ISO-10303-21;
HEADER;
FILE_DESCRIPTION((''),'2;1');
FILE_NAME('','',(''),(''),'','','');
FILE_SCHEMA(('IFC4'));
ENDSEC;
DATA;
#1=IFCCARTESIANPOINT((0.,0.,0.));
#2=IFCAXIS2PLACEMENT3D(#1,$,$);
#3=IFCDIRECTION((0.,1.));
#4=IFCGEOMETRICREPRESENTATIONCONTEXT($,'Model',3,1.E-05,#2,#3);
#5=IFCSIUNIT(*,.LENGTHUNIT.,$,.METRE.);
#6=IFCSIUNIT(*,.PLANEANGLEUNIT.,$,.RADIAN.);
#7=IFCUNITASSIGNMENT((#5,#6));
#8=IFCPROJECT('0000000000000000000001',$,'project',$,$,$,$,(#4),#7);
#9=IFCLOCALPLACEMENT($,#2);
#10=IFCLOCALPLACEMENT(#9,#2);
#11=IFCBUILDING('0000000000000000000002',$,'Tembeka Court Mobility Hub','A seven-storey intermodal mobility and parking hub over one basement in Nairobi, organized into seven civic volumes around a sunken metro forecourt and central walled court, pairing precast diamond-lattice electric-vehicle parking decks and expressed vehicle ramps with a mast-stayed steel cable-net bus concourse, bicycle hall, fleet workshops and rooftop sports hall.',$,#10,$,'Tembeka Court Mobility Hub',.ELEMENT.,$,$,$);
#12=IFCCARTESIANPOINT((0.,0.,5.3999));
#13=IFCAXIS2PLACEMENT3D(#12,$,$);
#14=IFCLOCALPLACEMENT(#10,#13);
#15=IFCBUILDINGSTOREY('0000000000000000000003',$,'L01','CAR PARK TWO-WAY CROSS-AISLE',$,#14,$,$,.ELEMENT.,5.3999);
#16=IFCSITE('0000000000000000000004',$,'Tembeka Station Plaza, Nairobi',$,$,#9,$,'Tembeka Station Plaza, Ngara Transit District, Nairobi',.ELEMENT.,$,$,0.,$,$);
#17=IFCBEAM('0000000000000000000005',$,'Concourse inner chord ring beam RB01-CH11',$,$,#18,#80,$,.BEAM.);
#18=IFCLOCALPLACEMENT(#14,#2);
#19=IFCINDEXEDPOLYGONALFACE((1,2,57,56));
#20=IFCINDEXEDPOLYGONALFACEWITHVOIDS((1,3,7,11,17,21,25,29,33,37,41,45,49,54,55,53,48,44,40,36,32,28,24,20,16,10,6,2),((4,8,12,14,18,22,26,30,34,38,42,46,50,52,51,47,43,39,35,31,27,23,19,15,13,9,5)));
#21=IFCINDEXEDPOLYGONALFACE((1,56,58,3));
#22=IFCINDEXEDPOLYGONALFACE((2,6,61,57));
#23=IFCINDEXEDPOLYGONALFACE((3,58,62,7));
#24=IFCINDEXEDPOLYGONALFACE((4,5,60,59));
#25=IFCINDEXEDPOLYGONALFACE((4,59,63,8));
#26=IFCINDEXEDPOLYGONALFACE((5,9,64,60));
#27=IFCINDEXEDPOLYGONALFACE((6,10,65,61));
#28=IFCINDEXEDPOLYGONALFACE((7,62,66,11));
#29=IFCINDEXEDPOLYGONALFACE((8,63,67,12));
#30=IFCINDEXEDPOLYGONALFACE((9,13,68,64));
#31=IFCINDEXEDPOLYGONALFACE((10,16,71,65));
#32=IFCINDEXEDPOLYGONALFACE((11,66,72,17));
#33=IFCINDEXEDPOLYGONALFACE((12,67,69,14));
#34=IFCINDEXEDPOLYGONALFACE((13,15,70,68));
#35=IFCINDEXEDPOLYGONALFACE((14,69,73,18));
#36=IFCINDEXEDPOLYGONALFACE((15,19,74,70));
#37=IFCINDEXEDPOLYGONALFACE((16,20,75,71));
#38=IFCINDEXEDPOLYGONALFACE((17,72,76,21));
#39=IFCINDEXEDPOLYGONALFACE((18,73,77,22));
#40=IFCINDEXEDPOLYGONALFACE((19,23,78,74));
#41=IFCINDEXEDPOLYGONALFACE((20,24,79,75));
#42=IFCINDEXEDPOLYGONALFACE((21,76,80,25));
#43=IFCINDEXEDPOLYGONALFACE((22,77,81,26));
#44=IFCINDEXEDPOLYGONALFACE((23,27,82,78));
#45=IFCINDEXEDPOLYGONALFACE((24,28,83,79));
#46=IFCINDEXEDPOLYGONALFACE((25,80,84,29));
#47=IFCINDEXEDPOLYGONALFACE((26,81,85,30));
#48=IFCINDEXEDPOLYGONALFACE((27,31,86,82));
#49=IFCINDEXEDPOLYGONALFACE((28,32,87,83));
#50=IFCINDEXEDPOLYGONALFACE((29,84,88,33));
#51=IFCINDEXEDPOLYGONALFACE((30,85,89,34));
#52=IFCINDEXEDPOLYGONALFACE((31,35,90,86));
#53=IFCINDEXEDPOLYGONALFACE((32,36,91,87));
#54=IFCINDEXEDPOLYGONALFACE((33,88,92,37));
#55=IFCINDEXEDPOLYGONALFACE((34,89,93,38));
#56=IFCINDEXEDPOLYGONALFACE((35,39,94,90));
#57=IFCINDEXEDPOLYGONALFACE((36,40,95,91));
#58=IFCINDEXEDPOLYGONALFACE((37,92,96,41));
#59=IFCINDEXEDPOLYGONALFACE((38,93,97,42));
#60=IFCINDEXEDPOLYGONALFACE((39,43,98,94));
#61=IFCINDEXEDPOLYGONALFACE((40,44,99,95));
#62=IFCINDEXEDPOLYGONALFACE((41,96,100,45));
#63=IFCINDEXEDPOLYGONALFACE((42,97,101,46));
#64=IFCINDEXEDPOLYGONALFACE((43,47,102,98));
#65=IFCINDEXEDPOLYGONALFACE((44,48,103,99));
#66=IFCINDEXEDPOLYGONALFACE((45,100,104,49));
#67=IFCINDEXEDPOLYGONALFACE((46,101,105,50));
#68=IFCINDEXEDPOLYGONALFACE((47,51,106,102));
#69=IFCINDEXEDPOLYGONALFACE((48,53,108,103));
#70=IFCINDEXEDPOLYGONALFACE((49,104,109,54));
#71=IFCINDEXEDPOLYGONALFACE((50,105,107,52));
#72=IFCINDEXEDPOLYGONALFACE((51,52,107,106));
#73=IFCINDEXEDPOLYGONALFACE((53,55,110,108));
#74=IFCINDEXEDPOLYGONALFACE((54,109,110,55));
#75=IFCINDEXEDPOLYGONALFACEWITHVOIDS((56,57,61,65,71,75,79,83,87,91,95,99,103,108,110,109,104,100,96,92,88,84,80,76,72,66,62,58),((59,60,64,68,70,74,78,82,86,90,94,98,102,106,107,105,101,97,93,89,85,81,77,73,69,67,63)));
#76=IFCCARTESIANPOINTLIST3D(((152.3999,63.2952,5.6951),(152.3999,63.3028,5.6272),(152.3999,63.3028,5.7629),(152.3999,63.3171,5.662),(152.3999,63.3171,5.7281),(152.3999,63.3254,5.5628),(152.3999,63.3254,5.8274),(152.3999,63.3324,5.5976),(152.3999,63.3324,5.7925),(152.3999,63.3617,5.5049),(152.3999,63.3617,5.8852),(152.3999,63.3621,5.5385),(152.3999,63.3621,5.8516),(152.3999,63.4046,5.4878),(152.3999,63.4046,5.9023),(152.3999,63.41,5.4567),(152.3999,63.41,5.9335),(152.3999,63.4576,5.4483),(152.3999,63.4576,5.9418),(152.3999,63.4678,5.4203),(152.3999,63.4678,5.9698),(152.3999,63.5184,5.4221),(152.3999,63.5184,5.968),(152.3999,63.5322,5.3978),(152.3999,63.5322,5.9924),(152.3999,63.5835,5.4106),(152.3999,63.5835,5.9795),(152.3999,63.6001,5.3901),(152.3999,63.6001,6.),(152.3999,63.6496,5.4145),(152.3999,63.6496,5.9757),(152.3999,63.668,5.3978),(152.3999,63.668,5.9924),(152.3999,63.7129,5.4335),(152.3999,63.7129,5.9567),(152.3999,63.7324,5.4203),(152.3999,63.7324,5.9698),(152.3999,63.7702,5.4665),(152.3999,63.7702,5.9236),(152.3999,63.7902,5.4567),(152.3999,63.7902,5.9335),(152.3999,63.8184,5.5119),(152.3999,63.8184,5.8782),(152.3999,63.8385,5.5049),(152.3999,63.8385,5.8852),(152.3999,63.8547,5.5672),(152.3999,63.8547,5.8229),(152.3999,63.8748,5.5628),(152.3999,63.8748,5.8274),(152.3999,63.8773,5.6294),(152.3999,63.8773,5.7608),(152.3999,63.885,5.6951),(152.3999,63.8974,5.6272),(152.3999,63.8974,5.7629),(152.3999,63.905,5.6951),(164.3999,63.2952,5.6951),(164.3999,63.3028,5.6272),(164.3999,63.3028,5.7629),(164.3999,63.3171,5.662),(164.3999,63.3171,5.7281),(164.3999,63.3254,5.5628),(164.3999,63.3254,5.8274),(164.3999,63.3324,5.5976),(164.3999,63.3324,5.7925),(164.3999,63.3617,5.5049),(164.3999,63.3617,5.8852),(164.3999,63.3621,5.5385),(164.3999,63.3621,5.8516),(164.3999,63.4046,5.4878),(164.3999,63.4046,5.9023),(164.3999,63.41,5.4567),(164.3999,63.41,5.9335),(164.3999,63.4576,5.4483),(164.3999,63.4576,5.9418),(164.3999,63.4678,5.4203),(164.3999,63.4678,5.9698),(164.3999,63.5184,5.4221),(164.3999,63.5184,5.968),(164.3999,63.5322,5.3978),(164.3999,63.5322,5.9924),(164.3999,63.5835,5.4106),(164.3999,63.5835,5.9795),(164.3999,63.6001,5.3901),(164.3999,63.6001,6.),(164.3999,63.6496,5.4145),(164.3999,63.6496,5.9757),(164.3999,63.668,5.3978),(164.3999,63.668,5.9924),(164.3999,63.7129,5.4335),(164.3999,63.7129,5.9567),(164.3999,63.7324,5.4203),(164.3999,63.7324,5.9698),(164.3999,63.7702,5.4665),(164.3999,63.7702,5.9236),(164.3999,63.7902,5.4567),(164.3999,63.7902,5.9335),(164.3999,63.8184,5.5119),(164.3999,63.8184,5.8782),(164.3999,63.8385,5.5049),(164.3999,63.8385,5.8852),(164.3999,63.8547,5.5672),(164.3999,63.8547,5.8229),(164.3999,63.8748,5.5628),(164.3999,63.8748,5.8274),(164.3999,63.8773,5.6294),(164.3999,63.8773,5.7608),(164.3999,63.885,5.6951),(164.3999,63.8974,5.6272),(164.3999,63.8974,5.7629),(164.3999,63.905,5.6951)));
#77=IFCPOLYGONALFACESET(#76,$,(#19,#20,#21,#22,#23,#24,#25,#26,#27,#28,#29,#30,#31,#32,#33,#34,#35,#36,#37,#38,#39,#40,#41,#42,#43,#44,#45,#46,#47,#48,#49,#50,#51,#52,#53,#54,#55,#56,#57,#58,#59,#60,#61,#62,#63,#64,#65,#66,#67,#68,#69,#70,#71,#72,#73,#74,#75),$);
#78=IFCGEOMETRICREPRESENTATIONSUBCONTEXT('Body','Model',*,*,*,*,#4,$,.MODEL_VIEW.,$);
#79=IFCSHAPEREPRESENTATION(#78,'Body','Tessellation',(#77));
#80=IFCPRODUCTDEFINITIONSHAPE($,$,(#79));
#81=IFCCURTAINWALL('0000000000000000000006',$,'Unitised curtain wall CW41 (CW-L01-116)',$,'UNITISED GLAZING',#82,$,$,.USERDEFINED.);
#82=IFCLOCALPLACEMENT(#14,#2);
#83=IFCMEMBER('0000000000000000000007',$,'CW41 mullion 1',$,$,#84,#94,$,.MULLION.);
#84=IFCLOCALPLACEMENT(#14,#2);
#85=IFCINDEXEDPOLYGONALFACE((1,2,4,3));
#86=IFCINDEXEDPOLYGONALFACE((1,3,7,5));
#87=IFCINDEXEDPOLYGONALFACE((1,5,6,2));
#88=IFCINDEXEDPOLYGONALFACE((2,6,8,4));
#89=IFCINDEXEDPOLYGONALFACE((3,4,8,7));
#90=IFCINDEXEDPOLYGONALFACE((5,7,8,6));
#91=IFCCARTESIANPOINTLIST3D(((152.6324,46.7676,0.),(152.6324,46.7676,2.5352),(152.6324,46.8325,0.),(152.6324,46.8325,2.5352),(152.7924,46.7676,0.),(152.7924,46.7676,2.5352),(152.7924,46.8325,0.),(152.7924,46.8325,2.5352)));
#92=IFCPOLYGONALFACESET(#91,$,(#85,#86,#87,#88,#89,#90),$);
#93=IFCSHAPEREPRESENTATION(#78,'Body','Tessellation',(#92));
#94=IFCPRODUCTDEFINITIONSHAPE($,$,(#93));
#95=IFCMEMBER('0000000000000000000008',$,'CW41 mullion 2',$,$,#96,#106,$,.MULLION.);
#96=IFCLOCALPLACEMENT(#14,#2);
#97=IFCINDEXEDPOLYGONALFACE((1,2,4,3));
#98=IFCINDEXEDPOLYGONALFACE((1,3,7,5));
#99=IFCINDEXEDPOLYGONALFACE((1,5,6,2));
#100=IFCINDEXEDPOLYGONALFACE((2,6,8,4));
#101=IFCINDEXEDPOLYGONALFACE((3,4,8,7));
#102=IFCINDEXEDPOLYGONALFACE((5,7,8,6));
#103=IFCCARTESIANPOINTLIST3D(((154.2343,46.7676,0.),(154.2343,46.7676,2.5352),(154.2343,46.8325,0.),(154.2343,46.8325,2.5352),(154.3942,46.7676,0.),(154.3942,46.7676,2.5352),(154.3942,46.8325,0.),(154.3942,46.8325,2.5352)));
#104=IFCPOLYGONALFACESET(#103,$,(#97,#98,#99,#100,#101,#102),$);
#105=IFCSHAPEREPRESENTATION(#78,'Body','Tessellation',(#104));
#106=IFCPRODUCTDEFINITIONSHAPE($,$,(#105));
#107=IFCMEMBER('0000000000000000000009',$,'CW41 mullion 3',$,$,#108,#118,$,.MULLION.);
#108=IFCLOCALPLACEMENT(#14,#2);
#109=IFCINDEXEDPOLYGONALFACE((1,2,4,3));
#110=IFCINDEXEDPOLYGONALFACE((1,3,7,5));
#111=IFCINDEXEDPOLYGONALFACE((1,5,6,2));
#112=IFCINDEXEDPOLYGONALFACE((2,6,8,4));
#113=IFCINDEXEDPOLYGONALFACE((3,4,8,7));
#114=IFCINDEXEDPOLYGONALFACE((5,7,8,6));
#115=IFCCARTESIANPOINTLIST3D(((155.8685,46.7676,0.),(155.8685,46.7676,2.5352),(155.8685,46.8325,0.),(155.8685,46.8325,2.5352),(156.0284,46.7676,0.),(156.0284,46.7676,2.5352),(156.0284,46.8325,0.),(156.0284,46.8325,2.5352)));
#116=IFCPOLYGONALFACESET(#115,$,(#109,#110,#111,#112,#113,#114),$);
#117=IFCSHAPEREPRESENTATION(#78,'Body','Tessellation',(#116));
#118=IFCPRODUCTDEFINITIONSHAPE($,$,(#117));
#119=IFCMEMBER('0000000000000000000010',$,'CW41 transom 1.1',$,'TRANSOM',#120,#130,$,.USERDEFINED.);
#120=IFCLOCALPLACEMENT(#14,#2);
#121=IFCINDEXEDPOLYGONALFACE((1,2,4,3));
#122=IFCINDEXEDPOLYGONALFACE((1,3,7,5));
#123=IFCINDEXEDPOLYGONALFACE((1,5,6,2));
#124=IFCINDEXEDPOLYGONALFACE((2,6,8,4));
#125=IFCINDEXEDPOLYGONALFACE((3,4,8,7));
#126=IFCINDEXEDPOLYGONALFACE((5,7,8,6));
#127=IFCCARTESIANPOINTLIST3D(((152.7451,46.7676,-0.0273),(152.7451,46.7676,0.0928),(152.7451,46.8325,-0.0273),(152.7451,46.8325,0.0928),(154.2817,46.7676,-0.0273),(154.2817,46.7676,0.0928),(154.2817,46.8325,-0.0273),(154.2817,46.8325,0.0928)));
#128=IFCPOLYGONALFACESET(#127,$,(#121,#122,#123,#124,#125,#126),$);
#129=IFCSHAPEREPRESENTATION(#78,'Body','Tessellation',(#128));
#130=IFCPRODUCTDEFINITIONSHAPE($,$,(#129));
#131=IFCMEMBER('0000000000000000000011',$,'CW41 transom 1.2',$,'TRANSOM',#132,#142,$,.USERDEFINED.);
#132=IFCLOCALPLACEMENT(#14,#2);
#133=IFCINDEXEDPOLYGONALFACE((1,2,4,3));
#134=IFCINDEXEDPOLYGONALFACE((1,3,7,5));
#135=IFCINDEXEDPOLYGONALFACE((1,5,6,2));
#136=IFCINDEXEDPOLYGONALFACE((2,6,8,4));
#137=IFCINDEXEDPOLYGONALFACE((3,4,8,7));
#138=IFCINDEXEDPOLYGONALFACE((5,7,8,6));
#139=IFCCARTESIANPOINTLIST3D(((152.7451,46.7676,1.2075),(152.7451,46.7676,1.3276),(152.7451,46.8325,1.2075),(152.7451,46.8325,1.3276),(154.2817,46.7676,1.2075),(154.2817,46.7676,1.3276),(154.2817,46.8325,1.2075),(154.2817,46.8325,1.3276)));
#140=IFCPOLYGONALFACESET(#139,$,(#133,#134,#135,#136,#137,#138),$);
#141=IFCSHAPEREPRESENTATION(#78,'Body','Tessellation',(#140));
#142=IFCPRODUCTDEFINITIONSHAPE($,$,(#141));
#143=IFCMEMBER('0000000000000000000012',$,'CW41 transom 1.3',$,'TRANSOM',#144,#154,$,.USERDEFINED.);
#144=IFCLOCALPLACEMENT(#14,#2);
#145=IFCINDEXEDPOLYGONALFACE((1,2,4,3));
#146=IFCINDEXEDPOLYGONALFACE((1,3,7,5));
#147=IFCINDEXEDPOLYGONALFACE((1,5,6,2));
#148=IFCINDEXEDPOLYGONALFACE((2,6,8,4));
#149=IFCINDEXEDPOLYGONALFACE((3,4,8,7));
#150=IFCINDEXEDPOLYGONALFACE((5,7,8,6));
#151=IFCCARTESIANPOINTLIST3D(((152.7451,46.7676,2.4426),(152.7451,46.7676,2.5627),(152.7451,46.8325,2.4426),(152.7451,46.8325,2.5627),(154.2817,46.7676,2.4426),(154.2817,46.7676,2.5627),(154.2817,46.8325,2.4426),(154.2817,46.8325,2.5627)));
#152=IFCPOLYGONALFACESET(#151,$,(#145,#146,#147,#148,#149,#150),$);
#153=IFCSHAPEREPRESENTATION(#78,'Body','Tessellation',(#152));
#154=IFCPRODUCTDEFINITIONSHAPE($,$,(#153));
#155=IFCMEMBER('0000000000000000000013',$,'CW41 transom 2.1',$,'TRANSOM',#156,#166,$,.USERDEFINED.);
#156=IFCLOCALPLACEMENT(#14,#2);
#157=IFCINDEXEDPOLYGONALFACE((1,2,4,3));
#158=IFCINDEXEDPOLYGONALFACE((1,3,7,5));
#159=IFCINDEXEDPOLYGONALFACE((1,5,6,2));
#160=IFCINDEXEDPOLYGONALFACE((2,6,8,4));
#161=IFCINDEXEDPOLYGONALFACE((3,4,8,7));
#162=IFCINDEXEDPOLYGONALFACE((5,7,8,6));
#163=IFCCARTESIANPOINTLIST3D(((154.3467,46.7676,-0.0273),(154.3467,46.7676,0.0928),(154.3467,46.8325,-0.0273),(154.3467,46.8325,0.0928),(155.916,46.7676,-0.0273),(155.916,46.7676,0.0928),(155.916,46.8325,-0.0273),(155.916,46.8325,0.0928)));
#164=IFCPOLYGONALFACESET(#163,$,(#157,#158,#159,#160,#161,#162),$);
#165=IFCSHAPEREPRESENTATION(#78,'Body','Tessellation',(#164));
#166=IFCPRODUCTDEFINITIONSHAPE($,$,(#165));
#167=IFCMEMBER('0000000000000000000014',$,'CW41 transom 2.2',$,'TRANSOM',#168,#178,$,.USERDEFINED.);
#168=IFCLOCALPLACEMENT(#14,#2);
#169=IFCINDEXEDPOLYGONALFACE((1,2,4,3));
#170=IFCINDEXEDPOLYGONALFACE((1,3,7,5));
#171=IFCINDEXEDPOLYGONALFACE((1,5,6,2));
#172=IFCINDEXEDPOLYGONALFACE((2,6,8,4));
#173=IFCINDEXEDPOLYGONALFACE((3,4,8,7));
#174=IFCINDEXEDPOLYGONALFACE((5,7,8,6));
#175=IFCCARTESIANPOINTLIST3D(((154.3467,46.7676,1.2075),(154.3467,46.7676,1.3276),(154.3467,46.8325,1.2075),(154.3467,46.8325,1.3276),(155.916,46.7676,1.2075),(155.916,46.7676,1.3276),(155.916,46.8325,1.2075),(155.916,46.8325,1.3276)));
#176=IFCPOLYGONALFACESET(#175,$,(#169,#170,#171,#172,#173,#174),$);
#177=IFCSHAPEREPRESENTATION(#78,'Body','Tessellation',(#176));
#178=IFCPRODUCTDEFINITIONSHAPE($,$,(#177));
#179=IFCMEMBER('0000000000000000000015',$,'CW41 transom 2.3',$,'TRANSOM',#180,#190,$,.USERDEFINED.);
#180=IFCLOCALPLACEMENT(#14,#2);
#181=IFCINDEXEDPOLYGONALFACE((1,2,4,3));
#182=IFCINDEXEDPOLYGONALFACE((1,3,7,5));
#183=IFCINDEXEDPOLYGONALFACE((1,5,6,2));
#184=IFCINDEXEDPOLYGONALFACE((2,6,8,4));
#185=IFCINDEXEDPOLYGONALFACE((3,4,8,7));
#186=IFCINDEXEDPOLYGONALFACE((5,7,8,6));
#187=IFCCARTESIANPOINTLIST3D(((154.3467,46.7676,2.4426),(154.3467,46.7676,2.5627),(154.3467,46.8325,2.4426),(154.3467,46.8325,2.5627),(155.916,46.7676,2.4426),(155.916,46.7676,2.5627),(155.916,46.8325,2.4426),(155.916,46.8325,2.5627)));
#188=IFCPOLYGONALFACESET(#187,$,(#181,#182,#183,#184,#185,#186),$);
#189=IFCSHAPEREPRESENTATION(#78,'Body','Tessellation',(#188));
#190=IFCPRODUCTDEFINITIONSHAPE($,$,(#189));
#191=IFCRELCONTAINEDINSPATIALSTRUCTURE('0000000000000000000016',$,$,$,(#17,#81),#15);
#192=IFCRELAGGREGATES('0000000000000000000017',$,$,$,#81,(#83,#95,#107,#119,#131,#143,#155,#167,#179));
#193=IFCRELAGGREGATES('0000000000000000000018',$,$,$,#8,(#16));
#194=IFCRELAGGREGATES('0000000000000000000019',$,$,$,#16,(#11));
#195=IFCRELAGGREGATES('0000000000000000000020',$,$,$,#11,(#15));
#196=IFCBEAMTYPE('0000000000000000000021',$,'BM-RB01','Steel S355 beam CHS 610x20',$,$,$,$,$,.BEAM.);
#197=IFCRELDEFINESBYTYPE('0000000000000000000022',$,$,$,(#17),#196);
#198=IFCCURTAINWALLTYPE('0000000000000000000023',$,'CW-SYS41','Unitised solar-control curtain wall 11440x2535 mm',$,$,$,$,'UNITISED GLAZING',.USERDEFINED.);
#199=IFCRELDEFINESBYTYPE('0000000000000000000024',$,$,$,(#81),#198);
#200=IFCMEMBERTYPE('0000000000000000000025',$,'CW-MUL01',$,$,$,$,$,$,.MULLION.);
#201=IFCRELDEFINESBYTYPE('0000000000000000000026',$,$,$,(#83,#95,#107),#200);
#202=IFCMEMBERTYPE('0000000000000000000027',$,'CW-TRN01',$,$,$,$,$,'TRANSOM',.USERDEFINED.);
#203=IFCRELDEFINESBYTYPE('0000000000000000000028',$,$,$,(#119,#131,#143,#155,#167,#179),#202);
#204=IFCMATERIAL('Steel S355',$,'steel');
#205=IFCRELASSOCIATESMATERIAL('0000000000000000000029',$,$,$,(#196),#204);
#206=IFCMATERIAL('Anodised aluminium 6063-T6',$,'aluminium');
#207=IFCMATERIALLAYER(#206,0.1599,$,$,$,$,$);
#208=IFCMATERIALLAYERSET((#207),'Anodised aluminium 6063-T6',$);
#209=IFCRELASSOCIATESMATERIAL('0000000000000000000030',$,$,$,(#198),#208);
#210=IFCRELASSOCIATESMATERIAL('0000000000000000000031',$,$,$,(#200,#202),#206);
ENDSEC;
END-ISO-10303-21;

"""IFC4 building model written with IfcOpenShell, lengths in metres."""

from ifc_helpers import new_model, si_unit, direction, frame, origin, origin_2d, place, context, subcontext, project, spatial, rectangle, hollow_circle, extrude, material, layer, layer_set, material_profile, profile_set, type_object, element, aggregate, save


model = new_model("IFC4")

# Units and contexts
model_context = context("Model", 3, precision=1e-05, world=origin(), true_north=direction((0.0, 1.0)))
body_context = subcontext(model_context, "Body", "Model", "MODEL_VIEW")
ifc_project = project(units=[si_unit("LENGTHUNIT", "METRE"), si_unit("PLANEANGLEUNIT", "RADIAN")], contexts=[model_context])

# Site, building, storey
site_placement = place(None, origin())
site = spatial("IfcSite", under=ifc_project, at=site_placement, Name="Tembeka Station Plaza, Nairobi", LongName="Tembeka Station Plaza, Ngara Transit District, Nairobi", CompositionType="ELEMENT", RefElevation=0.0)
building_placement = place(site_placement, origin())
building = spatial("IfcBuilding", under=site, at=building_placement, Name="Tembeka Court Mobility Hub", Description="A seven-storey intermodal mobility and parking hub over one basement in Nairobi, organized into seven civic volumes around a sunken metro forecourt and central walled court, pairing precast diamond-lattice electric-vehicle parking decks and expressed vehicle ramps with a mast-stayed steel cable-net bus concourse, bicycle hall, fleet workshops and rooftop sports hall.", LongName="Tembeka Court Mobility Hub", CompositionType="ELEMENT")
storey_placement = place(building_placement, frame((0.0, 0.0, 5.3999)))
storey = spatial("IfcBuildingStorey", under=building, at=storey_placement, Name="L01", Description="CAR PARK TWO-WAY CROSS-AISLE", CompositionType="ELEMENT", Elevation=5.3999)

# Shared definitions
ifc_material_1 = material(Name="Steel S355", Category="steel")

# Beam
ifc_material_profile_1 = material_profile(ifc_material_1, hollow_circle(Radius=0.3049, WallThickness=0.02, at=origin_2d()), Name="CHS 610x20")
ifc_profile_set_1 = profile_set([ifc_material_profile_1], Name="Steel S355")
beam_type_1 = type_object("IfcBeamType", Name="BM-RB01", Description="Steel S355 beam CHS 610x20", PredefinedType="BEAM", material=ifc_profile_set_1)
beam_1_placement = place(storey_placement, frame((152.3999, 63.6001, 5.6951), z_axis=(1.0, 0.0, 0.0), x_axis=(0.0, 1.0, 0.0)))
element("IfcBeam", 1, at=beam_1_placement, inside=storey, type_object=beam_type_1, Name="Concourse inner chord ring beam RB01-CH11", PredefinedType="BEAM", context=body_context, shape_type="SweptSolid", body=[
    extrude(hollow_circle(Radius=0.3049, WallThickness=0.02, at=origin_2d()), origin(), (0.0, 0.0, 1.0), 12.0),
])

# Curtain wall, members
ifc_material_2 = material(Name="Anodised aluminium 6063-T6", Category="aluminium")
ifc_layer_1 = layer(ifc_material_2, 0.1599)
ifc_layer_set_1 = layer_set([ifc_layer_1], Name="Anodised aluminium 6063-T6")
curtain_wall_type = type_object("IfcCurtainWallType", Name="CW-SYS41", Description="Unitised solar-control curtain wall 11440x2535 mm", ElementType="UNITISED GLAZING", PredefinedType="USERDEFINED", material=ifc_layer_set_1)
curtain_wall_placement = place(storey_placement, origin())
curtain_wall = element("IfcCurtainWall", 2, at=curtain_wall_placement, inside=storey, type_object=curtain_wall_type, Name="Unitised curtain wall CW41 (CW-L01-116)", ObjectType="UNITISED GLAZING", PredefinedType="USERDEFINED")
ifc_material_profile_2 = material_profile(ifc_material_2, rectangle(XDim=0.0649, YDim=0.1599, at=origin_2d()), Name="ALU-MUL 65x160")
ifc_profile_set_2 = profile_set([ifc_material_profile_2], Name="Anodised aluminium 6063-T6")
member_type_1 = type_object("IfcMemberType", Name="CW-MUL01", PredefinedType="MULLION", material=ifc_profile_set_2)
member_1_placement = place(storey_placement, frame((152.7124, 46.8, 0.0), z_axis=(0.0, 0.0, 1.0), x_axis=(0.0, 1.0, 0.0)))
member_1 = element("IfcMember", 3, at=member_1_placement, type_object=member_type_1, Name="CW41 mullion 1", PredefinedType="MULLION", context=body_context, shape_type="SweptSolid", body=[
    extrude(rectangle(XDim=0.0649, YDim=0.1599, at=origin_2d()), origin(), (0.0, 0.0, 1.0), 2.5352),
])
member_2_placement = place(storey_placement, frame((154.3142, 46.8, 0.0), z_axis=(0.0, 0.0, 1.0), x_axis=(0.0, 1.0, 0.0)))
member_2 = element("IfcMember", 4, at=member_2_placement, type_object=member_type_1, Name="CW41 mullion 2", PredefinedType="MULLION", context=body_context, shape_type="SweptSolid", body=[
    extrude(rectangle(XDim=0.0649, YDim=0.1599, at=origin_2d()), origin(), (0.0, 0.0, 1.0), 2.5352),
])
member_3_placement = place(storey_placement, frame((155.9485, 46.8, 0.0), z_axis=(0.0, 0.0, 1.0), x_axis=(0.0, 1.0, 0.0)))
member_3 = element("IfcMember", 5, at=member_3_placement, type_object=member_type_1, Name="CW41 mullion 3", PredefinedType="MULLION", context=body_context, shape_type="SweptSolid", body=[
    extrude(rectangle(XDim=0.0649, YDim=0.1599, at=origin_2d()), origin(), (0.0, 0.0, 1.0), 2.5352),
])
ifc_material_profile_3 = material_profile(ifc_material_2, rectangle(XDim=0.0649, YDim=0.1201, at=origin_2d()), Name="ALU-TRN 65x120")
ifc_profile_set_3 = profile_set([ifc_material_profile_3], Name="Anodised aluminium 6063-T6")
member_type_2 = type_object("IfcMemberType", Name="CW-TRN01", ElementType="TRANSOM", PredefinedType="USERDEFINED", material=ifc_profile_set_3)
member_4_placement = place(storey_placement, frame((152.7451, 46.8, 0.0327), z_axis=(1.0, 0.0, 0.0), x_axis=(0.0, 1.0, 0.0)))
member_4 = element("IfcMember", 6, at=member_4_placement, type_object=member_type_2, Name="CW41 transom 1.1", ObjectType="TRANSOM", PredefinedType="USERDEFINED", context=body_context, shape_type="SweptSolid", body=[
    extrude(rectangle(XDim=0.0649, YDim=0.1201, at=origin_2d()), origin(), (0.0, 0.0, 1.0), 1.5366),
])
member_5_placement = place(storey_placement, frame((152.7451, 46.8, 1.2676), z_axis=(1.0, 0.0, 0.0), x_axis=(0.0, 1.0, 0.0)))
member_5 = element("IfcMember", 7, at=member_5_placement, type_object=member_type_2, Name="CW41 transom 1.2", ObjectType="TRANSOM", PredefinedType="USERDEFINED", context=body_context, shape_type="SweptSolid", body=[
    extrude(rectangle(XDim=0.0649, YDim=0.1201, at=origin_2d()), origin(), (0.0, 0.0, 1.0), 1.5366),
])
member_6_placement = place(storey_placement, frame((152.7451, 46.8, 2.5027), z_axis=(1.0, 0.0, 0.0), x_axis=(0.0, 1.0, 0.0)))
member_6 = element("IfcMember", 8, at=member_6_placement, type_object=member_type_2, Name="CW41 transom 1.3", ObjectType="TRANSOM", PredefinedType="USERDEFINED", context=body_context, shape_type="SweptSolid", body=[
    extrude(rectangle(XDim=0.0649, YDim=0.1201, at=origin_2d()), origin(), (0.0, 0.0, 1.0), 1.5366),
])
member_7_placement = place(storey_placement, frame((154.3467, 46.8, 0.0327), z_axis=(1.0, 0.0, 0.0), x_axis=(0.0, 1.0, 0.0)))
member_7 = element("IfcMember", 9, at=member_7_placement, type_object=member_type_2, Name="CW41 transom 2.1", ObjectType="TRANSOM", PredefinedType="USERDEFINED", context=body_context, shape_type="SweptSolid", body=[
    extrude(rectangle(XDim=0.0649, YDim=0.1201, at=origin_2d()), origin(), (0.0, 0.0, 1.0), 1.5693),
])
member_8_placement = place(storey_placement, frame((154.3467, 46.8, 1.2676), z_axis=(1.0, 0.0, 0.0), x_axis=(0.0, 1.0, 0.0)))
member_8 = element("IfcMember", 10, at=member_8_placement, type_object=member_type_2, Name="CW41 transom 2.2", ObjectType="TRANSOM", PredefinedType="USERDEFINED", context=body_context, shape_type="SweptSolid", body=[
    extrude(rectangle(XDim=0.0649, YDim=0.1201, at=origin_2d()), origin(), (0.0, 0.0, 1.0), 1.5693),
])
member_9_placement = place(storey_placement, frame((154.3467, 46.8, 2.5027), z_axis=(1.0, 0.0, 0.0), x_axis=(0.0, 1.0, 0.0)))
member_9 = element("IfcMember", 11, at=member_9_placement, type_object=member_type_2, Name="CW41 transom 2.3", ObjectType="TRANSOM", PredefinedType="USERDEFINED", context=body_context, shape_type="SweptSolid", body=[
    extrude(rectangle(XDim=0.0649, YDim=0.1201, at=origin_2d()), origin(), (0.0, 0.0, 1.0), 1.5693),
])

aggregate(curtain_wall, [member_1, member_2, member_3, member_4, member_5, member_6, member_7, member_8, member_9])

save(model, "model.ifc")
